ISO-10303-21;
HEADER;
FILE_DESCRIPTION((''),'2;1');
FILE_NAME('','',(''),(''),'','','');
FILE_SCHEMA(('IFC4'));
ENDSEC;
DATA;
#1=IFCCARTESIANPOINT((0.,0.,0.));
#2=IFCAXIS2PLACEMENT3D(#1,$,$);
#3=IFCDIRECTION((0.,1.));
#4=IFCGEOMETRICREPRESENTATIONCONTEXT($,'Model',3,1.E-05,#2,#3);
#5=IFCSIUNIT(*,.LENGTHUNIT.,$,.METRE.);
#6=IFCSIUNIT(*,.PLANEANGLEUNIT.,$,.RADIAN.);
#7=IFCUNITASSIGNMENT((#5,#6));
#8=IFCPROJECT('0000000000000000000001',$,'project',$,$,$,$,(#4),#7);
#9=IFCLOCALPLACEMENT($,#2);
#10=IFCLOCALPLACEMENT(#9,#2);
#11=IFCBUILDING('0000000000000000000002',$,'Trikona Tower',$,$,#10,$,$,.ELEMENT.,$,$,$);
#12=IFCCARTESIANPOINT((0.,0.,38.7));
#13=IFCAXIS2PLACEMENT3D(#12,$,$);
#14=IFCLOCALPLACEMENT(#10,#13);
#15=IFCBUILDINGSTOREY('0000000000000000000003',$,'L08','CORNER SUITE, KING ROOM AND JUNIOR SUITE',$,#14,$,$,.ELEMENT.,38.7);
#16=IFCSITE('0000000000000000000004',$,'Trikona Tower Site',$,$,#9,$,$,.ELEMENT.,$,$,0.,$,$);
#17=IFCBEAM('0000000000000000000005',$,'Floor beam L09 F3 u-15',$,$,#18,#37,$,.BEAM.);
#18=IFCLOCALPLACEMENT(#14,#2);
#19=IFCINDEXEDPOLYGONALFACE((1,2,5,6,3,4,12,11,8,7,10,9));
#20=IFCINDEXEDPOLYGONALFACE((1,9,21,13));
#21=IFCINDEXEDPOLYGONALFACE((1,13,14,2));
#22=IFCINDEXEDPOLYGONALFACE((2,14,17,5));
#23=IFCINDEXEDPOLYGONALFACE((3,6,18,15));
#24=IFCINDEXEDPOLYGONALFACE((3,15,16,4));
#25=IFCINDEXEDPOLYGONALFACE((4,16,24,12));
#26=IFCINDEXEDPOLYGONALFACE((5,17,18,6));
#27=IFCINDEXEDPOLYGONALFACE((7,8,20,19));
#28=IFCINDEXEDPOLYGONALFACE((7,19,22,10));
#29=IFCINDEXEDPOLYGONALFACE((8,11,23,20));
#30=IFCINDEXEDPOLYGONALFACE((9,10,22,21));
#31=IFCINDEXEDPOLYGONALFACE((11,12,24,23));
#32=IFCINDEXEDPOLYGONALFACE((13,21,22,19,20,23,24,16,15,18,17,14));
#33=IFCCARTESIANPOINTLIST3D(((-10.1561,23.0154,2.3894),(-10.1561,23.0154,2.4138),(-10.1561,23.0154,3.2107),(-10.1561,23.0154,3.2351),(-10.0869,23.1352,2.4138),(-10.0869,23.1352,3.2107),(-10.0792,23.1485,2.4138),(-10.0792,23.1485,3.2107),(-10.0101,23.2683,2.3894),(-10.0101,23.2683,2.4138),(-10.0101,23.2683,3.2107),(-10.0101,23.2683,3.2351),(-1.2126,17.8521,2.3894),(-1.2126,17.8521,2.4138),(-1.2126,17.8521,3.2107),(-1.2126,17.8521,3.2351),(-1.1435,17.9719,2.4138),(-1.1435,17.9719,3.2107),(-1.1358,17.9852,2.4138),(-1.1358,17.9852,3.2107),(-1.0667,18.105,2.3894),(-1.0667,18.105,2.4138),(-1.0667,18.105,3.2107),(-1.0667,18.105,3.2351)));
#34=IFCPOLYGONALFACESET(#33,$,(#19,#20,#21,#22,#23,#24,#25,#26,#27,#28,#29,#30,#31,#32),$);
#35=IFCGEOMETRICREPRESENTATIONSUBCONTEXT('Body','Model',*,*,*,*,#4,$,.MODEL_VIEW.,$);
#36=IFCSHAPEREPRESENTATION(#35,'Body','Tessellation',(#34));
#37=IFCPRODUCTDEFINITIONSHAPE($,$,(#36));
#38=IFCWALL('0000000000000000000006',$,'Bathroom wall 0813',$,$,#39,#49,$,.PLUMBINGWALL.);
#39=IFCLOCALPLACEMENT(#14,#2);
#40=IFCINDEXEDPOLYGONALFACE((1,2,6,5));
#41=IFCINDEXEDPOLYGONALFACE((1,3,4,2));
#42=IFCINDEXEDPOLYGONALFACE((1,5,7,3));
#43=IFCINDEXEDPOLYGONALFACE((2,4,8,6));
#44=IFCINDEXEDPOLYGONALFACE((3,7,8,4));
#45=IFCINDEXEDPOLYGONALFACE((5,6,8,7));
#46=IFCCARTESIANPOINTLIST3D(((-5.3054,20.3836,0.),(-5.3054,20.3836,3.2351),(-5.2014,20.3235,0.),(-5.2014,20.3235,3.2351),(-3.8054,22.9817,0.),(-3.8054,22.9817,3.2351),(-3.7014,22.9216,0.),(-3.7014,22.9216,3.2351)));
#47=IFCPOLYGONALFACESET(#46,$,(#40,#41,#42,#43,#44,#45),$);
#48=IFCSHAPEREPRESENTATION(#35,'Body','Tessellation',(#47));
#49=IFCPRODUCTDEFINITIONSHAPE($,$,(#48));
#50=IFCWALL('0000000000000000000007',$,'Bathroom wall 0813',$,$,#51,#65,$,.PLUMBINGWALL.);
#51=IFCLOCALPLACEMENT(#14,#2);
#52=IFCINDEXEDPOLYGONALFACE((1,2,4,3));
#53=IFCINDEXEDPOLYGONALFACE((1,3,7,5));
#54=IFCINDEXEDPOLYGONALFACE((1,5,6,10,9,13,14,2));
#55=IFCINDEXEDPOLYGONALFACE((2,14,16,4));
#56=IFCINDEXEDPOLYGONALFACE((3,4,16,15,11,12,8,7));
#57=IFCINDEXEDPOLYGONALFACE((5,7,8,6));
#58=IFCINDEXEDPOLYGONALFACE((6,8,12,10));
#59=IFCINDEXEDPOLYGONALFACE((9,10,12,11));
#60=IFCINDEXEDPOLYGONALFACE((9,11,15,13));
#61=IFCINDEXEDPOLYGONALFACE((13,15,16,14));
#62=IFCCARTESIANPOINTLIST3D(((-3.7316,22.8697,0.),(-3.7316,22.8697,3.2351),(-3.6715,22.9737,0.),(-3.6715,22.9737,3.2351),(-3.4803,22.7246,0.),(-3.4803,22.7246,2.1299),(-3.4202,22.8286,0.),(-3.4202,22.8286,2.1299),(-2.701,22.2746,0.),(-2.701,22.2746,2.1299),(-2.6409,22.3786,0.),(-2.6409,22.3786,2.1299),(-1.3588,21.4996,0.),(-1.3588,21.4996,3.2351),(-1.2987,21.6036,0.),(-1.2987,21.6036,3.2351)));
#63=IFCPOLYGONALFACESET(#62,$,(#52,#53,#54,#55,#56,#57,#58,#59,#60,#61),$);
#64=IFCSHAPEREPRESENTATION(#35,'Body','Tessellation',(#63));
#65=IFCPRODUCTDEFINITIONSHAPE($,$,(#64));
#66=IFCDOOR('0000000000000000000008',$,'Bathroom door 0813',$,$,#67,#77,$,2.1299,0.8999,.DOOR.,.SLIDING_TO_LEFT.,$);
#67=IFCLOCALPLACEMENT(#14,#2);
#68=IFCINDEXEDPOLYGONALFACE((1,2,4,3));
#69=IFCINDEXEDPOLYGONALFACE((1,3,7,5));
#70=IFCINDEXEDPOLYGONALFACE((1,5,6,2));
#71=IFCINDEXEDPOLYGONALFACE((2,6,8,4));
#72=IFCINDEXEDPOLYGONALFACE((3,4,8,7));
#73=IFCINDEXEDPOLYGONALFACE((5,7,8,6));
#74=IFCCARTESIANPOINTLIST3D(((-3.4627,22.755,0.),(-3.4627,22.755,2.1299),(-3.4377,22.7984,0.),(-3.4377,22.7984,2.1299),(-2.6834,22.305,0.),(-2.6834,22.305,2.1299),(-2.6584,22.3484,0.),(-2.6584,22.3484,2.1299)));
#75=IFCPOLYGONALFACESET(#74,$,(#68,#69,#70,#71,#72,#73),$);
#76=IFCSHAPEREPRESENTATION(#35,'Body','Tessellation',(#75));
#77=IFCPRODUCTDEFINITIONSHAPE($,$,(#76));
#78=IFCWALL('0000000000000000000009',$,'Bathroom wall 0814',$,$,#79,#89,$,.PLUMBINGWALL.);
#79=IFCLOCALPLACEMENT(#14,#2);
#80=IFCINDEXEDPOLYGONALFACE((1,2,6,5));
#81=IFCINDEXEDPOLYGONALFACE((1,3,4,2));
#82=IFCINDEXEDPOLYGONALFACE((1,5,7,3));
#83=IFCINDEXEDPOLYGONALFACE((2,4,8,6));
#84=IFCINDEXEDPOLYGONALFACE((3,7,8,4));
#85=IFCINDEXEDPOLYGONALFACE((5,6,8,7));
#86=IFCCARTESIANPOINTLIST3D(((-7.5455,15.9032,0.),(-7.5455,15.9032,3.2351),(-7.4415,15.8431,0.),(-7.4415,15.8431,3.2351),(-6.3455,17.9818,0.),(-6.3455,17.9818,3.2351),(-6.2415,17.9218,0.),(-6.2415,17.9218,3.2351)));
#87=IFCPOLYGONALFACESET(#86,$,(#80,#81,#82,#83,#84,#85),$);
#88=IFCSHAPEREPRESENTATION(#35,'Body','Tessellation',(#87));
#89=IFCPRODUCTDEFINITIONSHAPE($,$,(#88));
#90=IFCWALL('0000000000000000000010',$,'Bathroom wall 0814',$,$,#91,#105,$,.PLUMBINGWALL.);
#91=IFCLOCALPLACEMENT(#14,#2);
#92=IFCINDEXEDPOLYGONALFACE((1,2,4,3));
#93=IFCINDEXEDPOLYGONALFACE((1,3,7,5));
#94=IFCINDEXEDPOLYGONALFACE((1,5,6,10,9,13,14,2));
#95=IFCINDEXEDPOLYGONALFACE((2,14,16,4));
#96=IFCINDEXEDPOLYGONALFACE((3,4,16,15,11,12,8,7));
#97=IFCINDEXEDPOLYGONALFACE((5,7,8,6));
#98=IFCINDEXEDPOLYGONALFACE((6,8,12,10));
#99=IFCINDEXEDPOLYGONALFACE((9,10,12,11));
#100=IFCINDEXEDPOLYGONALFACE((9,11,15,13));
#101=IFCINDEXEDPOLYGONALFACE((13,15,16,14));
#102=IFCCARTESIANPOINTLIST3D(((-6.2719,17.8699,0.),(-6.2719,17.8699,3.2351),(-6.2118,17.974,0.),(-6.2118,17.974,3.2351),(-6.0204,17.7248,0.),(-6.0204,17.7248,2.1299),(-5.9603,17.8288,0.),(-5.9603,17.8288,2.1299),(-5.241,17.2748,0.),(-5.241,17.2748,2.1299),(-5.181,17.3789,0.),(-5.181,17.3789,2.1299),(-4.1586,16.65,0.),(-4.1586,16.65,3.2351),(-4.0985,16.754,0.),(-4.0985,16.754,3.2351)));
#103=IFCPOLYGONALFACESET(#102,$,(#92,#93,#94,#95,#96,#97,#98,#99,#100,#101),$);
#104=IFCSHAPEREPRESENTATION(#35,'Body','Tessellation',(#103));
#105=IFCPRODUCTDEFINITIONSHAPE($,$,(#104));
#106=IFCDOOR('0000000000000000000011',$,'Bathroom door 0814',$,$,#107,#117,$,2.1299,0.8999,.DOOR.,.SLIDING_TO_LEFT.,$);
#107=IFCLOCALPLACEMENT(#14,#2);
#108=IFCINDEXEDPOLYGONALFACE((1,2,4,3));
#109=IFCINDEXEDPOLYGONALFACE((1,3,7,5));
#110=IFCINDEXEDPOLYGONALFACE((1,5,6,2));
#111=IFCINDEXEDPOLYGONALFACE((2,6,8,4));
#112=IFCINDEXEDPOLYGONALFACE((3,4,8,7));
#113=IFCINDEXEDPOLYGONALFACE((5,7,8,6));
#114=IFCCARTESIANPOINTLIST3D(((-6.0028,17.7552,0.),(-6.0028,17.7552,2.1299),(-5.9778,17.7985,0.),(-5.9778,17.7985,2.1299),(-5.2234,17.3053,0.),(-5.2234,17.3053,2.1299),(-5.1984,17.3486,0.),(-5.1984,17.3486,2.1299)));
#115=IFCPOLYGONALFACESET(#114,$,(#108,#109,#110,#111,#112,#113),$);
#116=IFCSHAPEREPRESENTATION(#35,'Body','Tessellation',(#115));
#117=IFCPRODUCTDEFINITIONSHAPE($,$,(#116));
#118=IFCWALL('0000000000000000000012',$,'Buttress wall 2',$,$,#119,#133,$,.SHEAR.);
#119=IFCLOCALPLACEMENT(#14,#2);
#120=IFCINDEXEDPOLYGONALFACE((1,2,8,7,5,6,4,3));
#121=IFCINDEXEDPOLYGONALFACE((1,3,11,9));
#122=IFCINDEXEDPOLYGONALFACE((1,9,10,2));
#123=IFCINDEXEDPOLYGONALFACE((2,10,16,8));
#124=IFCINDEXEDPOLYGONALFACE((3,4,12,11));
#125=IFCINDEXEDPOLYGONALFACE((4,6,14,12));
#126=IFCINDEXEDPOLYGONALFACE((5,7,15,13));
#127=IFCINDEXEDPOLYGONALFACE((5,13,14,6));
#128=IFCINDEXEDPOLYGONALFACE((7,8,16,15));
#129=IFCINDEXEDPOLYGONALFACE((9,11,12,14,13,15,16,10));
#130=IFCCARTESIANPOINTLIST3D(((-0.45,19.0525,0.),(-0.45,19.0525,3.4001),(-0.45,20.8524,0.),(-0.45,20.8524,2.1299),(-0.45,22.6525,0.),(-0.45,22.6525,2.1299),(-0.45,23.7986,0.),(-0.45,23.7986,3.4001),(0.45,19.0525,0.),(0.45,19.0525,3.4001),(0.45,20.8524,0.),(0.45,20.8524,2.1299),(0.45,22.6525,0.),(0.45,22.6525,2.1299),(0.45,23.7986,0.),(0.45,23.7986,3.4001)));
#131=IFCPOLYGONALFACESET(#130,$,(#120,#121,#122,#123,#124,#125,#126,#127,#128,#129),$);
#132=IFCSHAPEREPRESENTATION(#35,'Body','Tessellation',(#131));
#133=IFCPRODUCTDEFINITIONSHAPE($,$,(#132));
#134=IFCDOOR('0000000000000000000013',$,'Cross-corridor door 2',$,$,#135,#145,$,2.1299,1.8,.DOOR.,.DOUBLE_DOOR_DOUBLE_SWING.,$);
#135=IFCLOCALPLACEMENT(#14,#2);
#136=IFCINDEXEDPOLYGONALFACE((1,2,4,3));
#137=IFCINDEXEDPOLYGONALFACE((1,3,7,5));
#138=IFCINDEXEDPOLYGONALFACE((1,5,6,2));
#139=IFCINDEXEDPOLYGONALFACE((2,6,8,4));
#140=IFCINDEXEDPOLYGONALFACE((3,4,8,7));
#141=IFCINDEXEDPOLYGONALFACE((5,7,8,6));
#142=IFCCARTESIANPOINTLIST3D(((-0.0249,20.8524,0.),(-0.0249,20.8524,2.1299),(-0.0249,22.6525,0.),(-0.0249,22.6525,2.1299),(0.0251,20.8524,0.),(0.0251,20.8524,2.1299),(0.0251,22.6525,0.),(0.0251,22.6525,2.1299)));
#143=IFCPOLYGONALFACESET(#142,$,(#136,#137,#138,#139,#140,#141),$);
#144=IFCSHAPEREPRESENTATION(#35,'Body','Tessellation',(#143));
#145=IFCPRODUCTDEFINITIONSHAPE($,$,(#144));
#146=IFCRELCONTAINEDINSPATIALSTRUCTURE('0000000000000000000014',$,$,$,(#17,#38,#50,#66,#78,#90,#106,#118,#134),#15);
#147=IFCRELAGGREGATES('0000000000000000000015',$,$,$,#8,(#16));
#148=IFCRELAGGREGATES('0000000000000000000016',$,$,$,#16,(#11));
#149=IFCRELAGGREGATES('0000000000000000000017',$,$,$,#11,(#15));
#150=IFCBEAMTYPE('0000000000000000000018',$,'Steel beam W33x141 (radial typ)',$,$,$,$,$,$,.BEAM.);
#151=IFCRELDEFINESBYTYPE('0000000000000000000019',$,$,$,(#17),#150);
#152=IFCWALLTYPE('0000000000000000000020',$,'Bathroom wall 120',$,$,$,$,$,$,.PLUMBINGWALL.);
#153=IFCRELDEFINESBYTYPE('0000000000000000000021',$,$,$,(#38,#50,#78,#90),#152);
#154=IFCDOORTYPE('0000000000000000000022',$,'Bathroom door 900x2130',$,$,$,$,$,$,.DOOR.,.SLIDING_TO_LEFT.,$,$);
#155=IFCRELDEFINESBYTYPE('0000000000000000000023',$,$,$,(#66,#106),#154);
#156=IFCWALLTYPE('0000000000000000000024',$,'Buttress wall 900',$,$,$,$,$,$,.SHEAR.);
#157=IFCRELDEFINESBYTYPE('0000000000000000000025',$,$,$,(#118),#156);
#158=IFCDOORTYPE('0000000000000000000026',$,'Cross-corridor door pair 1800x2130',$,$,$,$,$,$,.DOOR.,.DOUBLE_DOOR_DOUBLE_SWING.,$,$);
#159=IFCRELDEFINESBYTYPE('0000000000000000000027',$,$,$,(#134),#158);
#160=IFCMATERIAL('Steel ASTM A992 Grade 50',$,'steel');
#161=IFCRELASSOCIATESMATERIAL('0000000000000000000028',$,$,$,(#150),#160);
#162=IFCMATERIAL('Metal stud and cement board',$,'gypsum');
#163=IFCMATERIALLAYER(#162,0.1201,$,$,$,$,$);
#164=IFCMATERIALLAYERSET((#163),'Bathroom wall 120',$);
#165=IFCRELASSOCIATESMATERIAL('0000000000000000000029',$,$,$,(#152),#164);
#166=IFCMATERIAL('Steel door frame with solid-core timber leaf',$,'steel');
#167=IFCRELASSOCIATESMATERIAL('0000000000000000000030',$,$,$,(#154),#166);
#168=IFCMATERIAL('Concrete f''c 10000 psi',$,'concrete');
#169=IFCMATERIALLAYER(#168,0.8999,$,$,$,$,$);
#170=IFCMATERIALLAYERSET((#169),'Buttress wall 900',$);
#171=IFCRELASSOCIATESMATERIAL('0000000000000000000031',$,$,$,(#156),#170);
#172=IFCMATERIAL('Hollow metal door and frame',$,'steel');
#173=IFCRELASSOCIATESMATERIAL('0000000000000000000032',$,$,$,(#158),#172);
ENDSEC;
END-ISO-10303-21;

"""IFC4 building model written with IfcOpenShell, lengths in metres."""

from ifc_helpers import new_model, si_unit, direction, frame, frame_2d, origin, origin_2d, place, context, subcontext, project, spatial, rectangle, i_section, extrude, material, layer, layer_set, material_profile, profile_set, type_object, element, fill, save


model = new_model("IFC4")

# Units and contexts
model_context = context("Model", 3, precision=1e-05, world=origin(), true_north=direction((0.0, 1.0)))
body_context = subcontext(model_context, "Body", "Model", "MODEL_VIEW")
ifc_project = project(units=[si_unit("LENGTHUNIT", "METRE"), si_unit("PLANEANGLEUNIT", "RADIAN")], contexts=[model_context])

# Site, building, storey
site_placement = place(None, origin())
site = spatial("IfcSite", under=ifc_project, at=site_placement, Name="Trikona Tower Site", CompositionType="ELEMENT", RefElevation=0.0)
building_placement = place(site_placement, origin())
building = spatial("IfcBuilding", under=site, at=building_placement, Name="Trikona Tower", CompositionType="ELEMENT")
storey_placement = place(building_placement, frame((0.0, 0.0, 38.7)))
storey = spatial("IfcBuildingStorey", under=building, at=storey_placement, Name="L08", Description="CORNER SUITE, KING ROOM AND JUNIOR SUITE", CompositionType="ELEMENT", Elevation=38.7)

# Beam
ifc_material_1 = material(Name="Steel ASTM A992 Grade 50", Category="steel")
ifc_material_profile = material_profile(ifc_material_1, i_section(OverallWidth=0.292, OverallDepth=0.8457, WebThickness=0.0154, FlangeThickness=0.0244, at=origin_2d()), Name="W33X141")
ifc_profile_set = profile_set([ifc_material_profile], Name="Steel ASTM A992 Grade 50")
beam_type = type_object("IfcBeamType", Name="Steel beam W33x141 (radial typ)", PredefinedType="BEAM", material=ifc_profile_set)
beam_placement = place(storey_placement, frame((-1.1396, 17.9785, 2.8123), z_axis=(-0.86603, 0.499991, 0.0), x_axis=(-0.499991, -0.86603, 0.0)))
element("IfcBeam", 1, at=beam_placement, inside=storey, type_object=beam_type, Name="Floor beam L09 F3 u-15", PredefinedType="BEAM", context=body_context, shape_type="SweptSolid", body=[
    extrude(i_section(OverallWidth=0.292, OverallDepth=0.8457, WebThickness=0.0154, FlangeThickness=0.0244, at=origin_2d()), origin(), (0.0, 0.0, 1.0), 10.3269),
])

# Wall
ifc_material_2 = material(Name="Metal stud and cement board", Category="gypsum")
ifc_layer_1 = layer(ifc_material_2, 0.1201)
ifc_layer_set_1 = layer_set([ifc_layer_1], Name="Bathroom wall 120")
wall_type_1 = type_object("IfcWallType", Name="Bathroom wall 120", PredefinedType="PLUMBINGWALL", material=ifc_layer_set_1)
wall_1_placement = place(storey_placement, frame((-3.7534, 22.9517, 0.0), z_axis=(0.0, 0.0, 1.0), x_axis=(-0.49999, -0.866031, 0.0)))
element("IfcWall", 2, at=wall_1_placement, inside=storey, type_object=wall_type_1, Name="Bathroom wall 0813", PredefinedType="PLUMBINGWALL", context=body_context, shape_type="SweptSolid", body=[
    extrude(rectangle(XDim=3.0, YDim=0.1201, at=frame_2d((1.5, 0.0))), origin(), (0.0, 0.0, 1.0), 3.2351),
])

# Wall, opening, door
wall_2_placement = place(storey_placement, frame((-1.3286, 21.5515, 0.0), z_axis=(0.0, 0.0, 1.0), x_axis=(-0.865997, 0.500049, 0.0)))
wall_2 = element("IfcWall", 3, at=wall_2_placement, inside=storey, type_object=wall_type_1, Name="Bathroom wall 0813", PredefinedType="PLUMBINGWALL", context=body_context, shape_type="SweptSolid", body=[
    extrude(rectangle(XDim=2.74, YDim=0.1201, at=frame_2d((1.3701, 0.0))), origin(), (0.0, 0.0, 1.0), 3.2351),
])
opening_1_placement = place(wall_2_placement, frame((1.55, 0.0, 0.0)))
opening_1 = element("IfcOpeningElement", 4, at=opening_1_placement, cuts=wall_2, PredefinedType="OPENING", context=body_context, shape_type="SweptSolid", body=[
    extrude(rectangle(XDim=0.8999, YDim=2.1299, at=frame_2d((0.45, 1.0649))), frame((0.0, 0.0701, 0.0), z_axis=(0.0, -1.0, 0.0), x_axis=(1.0, 0.0, 0.0)), (0.0, 0.0, 1.0), 0.1401),
])
ifc_material_3 = material(Name="Steel door frame with solid-core timber leaf", Category="steel")
door_type_1 = type_object("IfcDoorType", Name="Bathroom door 900x2130", OperationType="SLIDING_TO_LEFT", PredefinedType="DOOR", material=ifc_material_3)
door_1_placement = place(opening_1_placement, origin())
door_1 = element("IfcDoor", 5, at=door_1_placement, inside=storey, type_object=door_type_1, Name="Bathroom door 0813", OperationType="SLIDING_TO_LEFT", OverallHeight=2.1299, OverallWidth=0.8999, PredefinedType="DOOR", context=body_context, shape_type="SweptSolid", body=[
    extrude(rectangle(XDim=0.8999, YDim=2.1299, at=frame_2d((0.45, 1.0649))), frame((0.0, 0.0249, 0.0), z_axis=(0.0, -1.0, 0.0), x_axis=(1.0, 0.0, 0.0)), (0.0, 0.0, 1.0), 0.05),
])
fill(opening_1, door_1)

# Wall
wall_3_placement = place(storey_placement, frame((-6.2935, 17.9519, 0.0), z_axis=(0.0, 0.0, 1.0), x_axis=(-0.499957, -0.86605, 0.0)))
element("IfcWall", 6, at=wall_3_placement, inside=storey, type_object=wall_type_1, Name="Bathroom wall 0814", PredefinedType="PLUMBINGWALL", context=body_context, shape_type="SweptSolid", body=[
    extrude(rectangle(XDim=2.4001, YDim=0.1201, at=frame_2d((1.2002, 0.0))), origin(), (0.0, 0.0, 1.0), 3.2351),
])

# Walls, openings, doors
wall_4_placement = place(storey_placement, frame((-4.1284, 16.7019, 0.0), z_axis=(0.0, 0.0, 1.0), x_axis=(-0.866049, 0.499959, 0.0)))
wall_4 = element("IfcWall", 7, at=wall_4_placement, inside=storey, type_object=wall_type_1, Name="Bathroom wall 0814", PredefinedType="PLUMBINGWALL", context=body_context, shape_type="SweptSolid", body=[
    extrude(rectangle(XDim=2.4402, YDim=0.1201, at=frame_2d((1.2202, 0.0))), origin(), (0.0, 0.0, 1.0), 3.2351),
])
opening_2_placement = place(wall_4_placement, frame((1.25, 0.0, 0.0)))
opening_2 = element("IfcOpeningElement", 8, at=opening_2_placement, cuts=wall_4, PredefinedType="OPENING", context=body_context, shape_type="SweptSolid", body=[
    extrude(rectangle(XDim=0.8999, YDim=2.1299, at=frame_2d((0.45, 1.0649))), frame((0.0, 0.0701, 0.0), z_axis=(0.0, -1.0, 0.0), x_axis=(1.0, 0.0, 0.0)), (0.0, 0.0, 1.0), 0.1401),
])
door_2_placement = place(opening_2_placement, origin())
door_2 = element("IfcDoor", 9, at=door_2_placement, inside=storey, type_object=door_type_1, Name="Bathroom door 0814", OperationType="SLIDING_TO_LEFT", OverallHeight=2.1299, OverallWidth=0.8999, PredefinedType="DOOR", context=body_context, shape_type="SweptSolid", body=[
    extrude(rectangle(XDim=0.8999, YDim=2.1299, at=frame_2d((0.45, 1.0649))), frame((0.0, 0.0249, 0.0), z_axis=(0.0, -1.0, 0.0), x_axis=(1.0, 0.0, 0.0)), (0.0, 0.0, 1.0), 0.05),
])
fill(opening_2, door_2)
ifc_material_4 = material(Name="Concrete f'c 10000 psi", Category="concrete")
ifc_layer_2 = layer(ifc_material_4, 0.8999)
ifc_layer_set_2 = layer_set([ifc_layer_2], Name="Buttress wall 900")
wall_type_2 = type_object("IfcWallType", Name="Buttress wall 900", PredefinedType="SHEAR", material=ifc_layer_set_2)
wall_5_placement = place(storey_placement, frame((0.0, 19.0525, 0.0), z_axis=(0.0, 0.0, 1.0), x_axis=(0.0, 1.0, 0.0)))
wall_5 = element("IfcWall", 10, at=wall_5_placement, inside=storey, type_object=wall_type_2, Name="Buttress wall 2", PredefinedType="SHEAR", context=body_context, shape_type="SweptSolid", body=[
    extrude(rectangle(XDim=4.7461, YDim=0.8999, at=frame_2d((2.373, 0.0))), origin(), (0.0, 0.0, 1.0), 3.4001),
])
opening_3_placement = place(wall_5_placement, frame((1.8, 0.0, 0.0)))
opening_3 = element("IfcOpeningElement", 11, at=opening_3_placement, cuts=wall_5, PredefinedType="OPENING", context=body_context, shape_type="SweptSolid", body=[
    extrude(rectangle(XDim=1.8, YDim=2.1299, at=frame_2d((0.8999, 1.0649))), frame((0.0, 0.46, 0.0), z_axis=(0.0, -1.0, 0.0), x_axis=(1.0, 0.0, 0.0)), (0.0, 0.0, 1.0), 0.9199),
])
ifc_material_5 = material(Name="Hollow metal door and frame", Category="steel")
door_type_2 = type_object("IfcDoorType", Name="Cross-corridor door pair 1800x2130", OperationType="DOUBLE_DOOR_DOUBLE_SWING", PredefinedType="DOOR", material=ifc_material_5)
door_3_placement = place(opening_3_placement, origin())
door_3 = element("IfcDoor", 12, at=door_3_placement, inside=storey, type_object=door_type_2, Name="Cross-corridor door 2", OperationType="DOUBLE_DOOR_DOUBLE_SWING", OverallHeight=2.1299, OverallWidth=1.8, PredefinedType="DOOR", context=body_context, shape_type="SweptSolid", body=[
    extrude(rectangle(XDim=1.8, YDim=2.1299, at=frame_2d((0.8999, 1.0649))), frame((0.0, 0.0249, 0.0), z_axis=(0.0, -1.0, 0.0), x_axis=(1.0, 0.0, 0.0)), (0.0, 0.0, 1.0), 0.05),
])
fill(opening_3, door_3)

save(model, "model.ifc")
